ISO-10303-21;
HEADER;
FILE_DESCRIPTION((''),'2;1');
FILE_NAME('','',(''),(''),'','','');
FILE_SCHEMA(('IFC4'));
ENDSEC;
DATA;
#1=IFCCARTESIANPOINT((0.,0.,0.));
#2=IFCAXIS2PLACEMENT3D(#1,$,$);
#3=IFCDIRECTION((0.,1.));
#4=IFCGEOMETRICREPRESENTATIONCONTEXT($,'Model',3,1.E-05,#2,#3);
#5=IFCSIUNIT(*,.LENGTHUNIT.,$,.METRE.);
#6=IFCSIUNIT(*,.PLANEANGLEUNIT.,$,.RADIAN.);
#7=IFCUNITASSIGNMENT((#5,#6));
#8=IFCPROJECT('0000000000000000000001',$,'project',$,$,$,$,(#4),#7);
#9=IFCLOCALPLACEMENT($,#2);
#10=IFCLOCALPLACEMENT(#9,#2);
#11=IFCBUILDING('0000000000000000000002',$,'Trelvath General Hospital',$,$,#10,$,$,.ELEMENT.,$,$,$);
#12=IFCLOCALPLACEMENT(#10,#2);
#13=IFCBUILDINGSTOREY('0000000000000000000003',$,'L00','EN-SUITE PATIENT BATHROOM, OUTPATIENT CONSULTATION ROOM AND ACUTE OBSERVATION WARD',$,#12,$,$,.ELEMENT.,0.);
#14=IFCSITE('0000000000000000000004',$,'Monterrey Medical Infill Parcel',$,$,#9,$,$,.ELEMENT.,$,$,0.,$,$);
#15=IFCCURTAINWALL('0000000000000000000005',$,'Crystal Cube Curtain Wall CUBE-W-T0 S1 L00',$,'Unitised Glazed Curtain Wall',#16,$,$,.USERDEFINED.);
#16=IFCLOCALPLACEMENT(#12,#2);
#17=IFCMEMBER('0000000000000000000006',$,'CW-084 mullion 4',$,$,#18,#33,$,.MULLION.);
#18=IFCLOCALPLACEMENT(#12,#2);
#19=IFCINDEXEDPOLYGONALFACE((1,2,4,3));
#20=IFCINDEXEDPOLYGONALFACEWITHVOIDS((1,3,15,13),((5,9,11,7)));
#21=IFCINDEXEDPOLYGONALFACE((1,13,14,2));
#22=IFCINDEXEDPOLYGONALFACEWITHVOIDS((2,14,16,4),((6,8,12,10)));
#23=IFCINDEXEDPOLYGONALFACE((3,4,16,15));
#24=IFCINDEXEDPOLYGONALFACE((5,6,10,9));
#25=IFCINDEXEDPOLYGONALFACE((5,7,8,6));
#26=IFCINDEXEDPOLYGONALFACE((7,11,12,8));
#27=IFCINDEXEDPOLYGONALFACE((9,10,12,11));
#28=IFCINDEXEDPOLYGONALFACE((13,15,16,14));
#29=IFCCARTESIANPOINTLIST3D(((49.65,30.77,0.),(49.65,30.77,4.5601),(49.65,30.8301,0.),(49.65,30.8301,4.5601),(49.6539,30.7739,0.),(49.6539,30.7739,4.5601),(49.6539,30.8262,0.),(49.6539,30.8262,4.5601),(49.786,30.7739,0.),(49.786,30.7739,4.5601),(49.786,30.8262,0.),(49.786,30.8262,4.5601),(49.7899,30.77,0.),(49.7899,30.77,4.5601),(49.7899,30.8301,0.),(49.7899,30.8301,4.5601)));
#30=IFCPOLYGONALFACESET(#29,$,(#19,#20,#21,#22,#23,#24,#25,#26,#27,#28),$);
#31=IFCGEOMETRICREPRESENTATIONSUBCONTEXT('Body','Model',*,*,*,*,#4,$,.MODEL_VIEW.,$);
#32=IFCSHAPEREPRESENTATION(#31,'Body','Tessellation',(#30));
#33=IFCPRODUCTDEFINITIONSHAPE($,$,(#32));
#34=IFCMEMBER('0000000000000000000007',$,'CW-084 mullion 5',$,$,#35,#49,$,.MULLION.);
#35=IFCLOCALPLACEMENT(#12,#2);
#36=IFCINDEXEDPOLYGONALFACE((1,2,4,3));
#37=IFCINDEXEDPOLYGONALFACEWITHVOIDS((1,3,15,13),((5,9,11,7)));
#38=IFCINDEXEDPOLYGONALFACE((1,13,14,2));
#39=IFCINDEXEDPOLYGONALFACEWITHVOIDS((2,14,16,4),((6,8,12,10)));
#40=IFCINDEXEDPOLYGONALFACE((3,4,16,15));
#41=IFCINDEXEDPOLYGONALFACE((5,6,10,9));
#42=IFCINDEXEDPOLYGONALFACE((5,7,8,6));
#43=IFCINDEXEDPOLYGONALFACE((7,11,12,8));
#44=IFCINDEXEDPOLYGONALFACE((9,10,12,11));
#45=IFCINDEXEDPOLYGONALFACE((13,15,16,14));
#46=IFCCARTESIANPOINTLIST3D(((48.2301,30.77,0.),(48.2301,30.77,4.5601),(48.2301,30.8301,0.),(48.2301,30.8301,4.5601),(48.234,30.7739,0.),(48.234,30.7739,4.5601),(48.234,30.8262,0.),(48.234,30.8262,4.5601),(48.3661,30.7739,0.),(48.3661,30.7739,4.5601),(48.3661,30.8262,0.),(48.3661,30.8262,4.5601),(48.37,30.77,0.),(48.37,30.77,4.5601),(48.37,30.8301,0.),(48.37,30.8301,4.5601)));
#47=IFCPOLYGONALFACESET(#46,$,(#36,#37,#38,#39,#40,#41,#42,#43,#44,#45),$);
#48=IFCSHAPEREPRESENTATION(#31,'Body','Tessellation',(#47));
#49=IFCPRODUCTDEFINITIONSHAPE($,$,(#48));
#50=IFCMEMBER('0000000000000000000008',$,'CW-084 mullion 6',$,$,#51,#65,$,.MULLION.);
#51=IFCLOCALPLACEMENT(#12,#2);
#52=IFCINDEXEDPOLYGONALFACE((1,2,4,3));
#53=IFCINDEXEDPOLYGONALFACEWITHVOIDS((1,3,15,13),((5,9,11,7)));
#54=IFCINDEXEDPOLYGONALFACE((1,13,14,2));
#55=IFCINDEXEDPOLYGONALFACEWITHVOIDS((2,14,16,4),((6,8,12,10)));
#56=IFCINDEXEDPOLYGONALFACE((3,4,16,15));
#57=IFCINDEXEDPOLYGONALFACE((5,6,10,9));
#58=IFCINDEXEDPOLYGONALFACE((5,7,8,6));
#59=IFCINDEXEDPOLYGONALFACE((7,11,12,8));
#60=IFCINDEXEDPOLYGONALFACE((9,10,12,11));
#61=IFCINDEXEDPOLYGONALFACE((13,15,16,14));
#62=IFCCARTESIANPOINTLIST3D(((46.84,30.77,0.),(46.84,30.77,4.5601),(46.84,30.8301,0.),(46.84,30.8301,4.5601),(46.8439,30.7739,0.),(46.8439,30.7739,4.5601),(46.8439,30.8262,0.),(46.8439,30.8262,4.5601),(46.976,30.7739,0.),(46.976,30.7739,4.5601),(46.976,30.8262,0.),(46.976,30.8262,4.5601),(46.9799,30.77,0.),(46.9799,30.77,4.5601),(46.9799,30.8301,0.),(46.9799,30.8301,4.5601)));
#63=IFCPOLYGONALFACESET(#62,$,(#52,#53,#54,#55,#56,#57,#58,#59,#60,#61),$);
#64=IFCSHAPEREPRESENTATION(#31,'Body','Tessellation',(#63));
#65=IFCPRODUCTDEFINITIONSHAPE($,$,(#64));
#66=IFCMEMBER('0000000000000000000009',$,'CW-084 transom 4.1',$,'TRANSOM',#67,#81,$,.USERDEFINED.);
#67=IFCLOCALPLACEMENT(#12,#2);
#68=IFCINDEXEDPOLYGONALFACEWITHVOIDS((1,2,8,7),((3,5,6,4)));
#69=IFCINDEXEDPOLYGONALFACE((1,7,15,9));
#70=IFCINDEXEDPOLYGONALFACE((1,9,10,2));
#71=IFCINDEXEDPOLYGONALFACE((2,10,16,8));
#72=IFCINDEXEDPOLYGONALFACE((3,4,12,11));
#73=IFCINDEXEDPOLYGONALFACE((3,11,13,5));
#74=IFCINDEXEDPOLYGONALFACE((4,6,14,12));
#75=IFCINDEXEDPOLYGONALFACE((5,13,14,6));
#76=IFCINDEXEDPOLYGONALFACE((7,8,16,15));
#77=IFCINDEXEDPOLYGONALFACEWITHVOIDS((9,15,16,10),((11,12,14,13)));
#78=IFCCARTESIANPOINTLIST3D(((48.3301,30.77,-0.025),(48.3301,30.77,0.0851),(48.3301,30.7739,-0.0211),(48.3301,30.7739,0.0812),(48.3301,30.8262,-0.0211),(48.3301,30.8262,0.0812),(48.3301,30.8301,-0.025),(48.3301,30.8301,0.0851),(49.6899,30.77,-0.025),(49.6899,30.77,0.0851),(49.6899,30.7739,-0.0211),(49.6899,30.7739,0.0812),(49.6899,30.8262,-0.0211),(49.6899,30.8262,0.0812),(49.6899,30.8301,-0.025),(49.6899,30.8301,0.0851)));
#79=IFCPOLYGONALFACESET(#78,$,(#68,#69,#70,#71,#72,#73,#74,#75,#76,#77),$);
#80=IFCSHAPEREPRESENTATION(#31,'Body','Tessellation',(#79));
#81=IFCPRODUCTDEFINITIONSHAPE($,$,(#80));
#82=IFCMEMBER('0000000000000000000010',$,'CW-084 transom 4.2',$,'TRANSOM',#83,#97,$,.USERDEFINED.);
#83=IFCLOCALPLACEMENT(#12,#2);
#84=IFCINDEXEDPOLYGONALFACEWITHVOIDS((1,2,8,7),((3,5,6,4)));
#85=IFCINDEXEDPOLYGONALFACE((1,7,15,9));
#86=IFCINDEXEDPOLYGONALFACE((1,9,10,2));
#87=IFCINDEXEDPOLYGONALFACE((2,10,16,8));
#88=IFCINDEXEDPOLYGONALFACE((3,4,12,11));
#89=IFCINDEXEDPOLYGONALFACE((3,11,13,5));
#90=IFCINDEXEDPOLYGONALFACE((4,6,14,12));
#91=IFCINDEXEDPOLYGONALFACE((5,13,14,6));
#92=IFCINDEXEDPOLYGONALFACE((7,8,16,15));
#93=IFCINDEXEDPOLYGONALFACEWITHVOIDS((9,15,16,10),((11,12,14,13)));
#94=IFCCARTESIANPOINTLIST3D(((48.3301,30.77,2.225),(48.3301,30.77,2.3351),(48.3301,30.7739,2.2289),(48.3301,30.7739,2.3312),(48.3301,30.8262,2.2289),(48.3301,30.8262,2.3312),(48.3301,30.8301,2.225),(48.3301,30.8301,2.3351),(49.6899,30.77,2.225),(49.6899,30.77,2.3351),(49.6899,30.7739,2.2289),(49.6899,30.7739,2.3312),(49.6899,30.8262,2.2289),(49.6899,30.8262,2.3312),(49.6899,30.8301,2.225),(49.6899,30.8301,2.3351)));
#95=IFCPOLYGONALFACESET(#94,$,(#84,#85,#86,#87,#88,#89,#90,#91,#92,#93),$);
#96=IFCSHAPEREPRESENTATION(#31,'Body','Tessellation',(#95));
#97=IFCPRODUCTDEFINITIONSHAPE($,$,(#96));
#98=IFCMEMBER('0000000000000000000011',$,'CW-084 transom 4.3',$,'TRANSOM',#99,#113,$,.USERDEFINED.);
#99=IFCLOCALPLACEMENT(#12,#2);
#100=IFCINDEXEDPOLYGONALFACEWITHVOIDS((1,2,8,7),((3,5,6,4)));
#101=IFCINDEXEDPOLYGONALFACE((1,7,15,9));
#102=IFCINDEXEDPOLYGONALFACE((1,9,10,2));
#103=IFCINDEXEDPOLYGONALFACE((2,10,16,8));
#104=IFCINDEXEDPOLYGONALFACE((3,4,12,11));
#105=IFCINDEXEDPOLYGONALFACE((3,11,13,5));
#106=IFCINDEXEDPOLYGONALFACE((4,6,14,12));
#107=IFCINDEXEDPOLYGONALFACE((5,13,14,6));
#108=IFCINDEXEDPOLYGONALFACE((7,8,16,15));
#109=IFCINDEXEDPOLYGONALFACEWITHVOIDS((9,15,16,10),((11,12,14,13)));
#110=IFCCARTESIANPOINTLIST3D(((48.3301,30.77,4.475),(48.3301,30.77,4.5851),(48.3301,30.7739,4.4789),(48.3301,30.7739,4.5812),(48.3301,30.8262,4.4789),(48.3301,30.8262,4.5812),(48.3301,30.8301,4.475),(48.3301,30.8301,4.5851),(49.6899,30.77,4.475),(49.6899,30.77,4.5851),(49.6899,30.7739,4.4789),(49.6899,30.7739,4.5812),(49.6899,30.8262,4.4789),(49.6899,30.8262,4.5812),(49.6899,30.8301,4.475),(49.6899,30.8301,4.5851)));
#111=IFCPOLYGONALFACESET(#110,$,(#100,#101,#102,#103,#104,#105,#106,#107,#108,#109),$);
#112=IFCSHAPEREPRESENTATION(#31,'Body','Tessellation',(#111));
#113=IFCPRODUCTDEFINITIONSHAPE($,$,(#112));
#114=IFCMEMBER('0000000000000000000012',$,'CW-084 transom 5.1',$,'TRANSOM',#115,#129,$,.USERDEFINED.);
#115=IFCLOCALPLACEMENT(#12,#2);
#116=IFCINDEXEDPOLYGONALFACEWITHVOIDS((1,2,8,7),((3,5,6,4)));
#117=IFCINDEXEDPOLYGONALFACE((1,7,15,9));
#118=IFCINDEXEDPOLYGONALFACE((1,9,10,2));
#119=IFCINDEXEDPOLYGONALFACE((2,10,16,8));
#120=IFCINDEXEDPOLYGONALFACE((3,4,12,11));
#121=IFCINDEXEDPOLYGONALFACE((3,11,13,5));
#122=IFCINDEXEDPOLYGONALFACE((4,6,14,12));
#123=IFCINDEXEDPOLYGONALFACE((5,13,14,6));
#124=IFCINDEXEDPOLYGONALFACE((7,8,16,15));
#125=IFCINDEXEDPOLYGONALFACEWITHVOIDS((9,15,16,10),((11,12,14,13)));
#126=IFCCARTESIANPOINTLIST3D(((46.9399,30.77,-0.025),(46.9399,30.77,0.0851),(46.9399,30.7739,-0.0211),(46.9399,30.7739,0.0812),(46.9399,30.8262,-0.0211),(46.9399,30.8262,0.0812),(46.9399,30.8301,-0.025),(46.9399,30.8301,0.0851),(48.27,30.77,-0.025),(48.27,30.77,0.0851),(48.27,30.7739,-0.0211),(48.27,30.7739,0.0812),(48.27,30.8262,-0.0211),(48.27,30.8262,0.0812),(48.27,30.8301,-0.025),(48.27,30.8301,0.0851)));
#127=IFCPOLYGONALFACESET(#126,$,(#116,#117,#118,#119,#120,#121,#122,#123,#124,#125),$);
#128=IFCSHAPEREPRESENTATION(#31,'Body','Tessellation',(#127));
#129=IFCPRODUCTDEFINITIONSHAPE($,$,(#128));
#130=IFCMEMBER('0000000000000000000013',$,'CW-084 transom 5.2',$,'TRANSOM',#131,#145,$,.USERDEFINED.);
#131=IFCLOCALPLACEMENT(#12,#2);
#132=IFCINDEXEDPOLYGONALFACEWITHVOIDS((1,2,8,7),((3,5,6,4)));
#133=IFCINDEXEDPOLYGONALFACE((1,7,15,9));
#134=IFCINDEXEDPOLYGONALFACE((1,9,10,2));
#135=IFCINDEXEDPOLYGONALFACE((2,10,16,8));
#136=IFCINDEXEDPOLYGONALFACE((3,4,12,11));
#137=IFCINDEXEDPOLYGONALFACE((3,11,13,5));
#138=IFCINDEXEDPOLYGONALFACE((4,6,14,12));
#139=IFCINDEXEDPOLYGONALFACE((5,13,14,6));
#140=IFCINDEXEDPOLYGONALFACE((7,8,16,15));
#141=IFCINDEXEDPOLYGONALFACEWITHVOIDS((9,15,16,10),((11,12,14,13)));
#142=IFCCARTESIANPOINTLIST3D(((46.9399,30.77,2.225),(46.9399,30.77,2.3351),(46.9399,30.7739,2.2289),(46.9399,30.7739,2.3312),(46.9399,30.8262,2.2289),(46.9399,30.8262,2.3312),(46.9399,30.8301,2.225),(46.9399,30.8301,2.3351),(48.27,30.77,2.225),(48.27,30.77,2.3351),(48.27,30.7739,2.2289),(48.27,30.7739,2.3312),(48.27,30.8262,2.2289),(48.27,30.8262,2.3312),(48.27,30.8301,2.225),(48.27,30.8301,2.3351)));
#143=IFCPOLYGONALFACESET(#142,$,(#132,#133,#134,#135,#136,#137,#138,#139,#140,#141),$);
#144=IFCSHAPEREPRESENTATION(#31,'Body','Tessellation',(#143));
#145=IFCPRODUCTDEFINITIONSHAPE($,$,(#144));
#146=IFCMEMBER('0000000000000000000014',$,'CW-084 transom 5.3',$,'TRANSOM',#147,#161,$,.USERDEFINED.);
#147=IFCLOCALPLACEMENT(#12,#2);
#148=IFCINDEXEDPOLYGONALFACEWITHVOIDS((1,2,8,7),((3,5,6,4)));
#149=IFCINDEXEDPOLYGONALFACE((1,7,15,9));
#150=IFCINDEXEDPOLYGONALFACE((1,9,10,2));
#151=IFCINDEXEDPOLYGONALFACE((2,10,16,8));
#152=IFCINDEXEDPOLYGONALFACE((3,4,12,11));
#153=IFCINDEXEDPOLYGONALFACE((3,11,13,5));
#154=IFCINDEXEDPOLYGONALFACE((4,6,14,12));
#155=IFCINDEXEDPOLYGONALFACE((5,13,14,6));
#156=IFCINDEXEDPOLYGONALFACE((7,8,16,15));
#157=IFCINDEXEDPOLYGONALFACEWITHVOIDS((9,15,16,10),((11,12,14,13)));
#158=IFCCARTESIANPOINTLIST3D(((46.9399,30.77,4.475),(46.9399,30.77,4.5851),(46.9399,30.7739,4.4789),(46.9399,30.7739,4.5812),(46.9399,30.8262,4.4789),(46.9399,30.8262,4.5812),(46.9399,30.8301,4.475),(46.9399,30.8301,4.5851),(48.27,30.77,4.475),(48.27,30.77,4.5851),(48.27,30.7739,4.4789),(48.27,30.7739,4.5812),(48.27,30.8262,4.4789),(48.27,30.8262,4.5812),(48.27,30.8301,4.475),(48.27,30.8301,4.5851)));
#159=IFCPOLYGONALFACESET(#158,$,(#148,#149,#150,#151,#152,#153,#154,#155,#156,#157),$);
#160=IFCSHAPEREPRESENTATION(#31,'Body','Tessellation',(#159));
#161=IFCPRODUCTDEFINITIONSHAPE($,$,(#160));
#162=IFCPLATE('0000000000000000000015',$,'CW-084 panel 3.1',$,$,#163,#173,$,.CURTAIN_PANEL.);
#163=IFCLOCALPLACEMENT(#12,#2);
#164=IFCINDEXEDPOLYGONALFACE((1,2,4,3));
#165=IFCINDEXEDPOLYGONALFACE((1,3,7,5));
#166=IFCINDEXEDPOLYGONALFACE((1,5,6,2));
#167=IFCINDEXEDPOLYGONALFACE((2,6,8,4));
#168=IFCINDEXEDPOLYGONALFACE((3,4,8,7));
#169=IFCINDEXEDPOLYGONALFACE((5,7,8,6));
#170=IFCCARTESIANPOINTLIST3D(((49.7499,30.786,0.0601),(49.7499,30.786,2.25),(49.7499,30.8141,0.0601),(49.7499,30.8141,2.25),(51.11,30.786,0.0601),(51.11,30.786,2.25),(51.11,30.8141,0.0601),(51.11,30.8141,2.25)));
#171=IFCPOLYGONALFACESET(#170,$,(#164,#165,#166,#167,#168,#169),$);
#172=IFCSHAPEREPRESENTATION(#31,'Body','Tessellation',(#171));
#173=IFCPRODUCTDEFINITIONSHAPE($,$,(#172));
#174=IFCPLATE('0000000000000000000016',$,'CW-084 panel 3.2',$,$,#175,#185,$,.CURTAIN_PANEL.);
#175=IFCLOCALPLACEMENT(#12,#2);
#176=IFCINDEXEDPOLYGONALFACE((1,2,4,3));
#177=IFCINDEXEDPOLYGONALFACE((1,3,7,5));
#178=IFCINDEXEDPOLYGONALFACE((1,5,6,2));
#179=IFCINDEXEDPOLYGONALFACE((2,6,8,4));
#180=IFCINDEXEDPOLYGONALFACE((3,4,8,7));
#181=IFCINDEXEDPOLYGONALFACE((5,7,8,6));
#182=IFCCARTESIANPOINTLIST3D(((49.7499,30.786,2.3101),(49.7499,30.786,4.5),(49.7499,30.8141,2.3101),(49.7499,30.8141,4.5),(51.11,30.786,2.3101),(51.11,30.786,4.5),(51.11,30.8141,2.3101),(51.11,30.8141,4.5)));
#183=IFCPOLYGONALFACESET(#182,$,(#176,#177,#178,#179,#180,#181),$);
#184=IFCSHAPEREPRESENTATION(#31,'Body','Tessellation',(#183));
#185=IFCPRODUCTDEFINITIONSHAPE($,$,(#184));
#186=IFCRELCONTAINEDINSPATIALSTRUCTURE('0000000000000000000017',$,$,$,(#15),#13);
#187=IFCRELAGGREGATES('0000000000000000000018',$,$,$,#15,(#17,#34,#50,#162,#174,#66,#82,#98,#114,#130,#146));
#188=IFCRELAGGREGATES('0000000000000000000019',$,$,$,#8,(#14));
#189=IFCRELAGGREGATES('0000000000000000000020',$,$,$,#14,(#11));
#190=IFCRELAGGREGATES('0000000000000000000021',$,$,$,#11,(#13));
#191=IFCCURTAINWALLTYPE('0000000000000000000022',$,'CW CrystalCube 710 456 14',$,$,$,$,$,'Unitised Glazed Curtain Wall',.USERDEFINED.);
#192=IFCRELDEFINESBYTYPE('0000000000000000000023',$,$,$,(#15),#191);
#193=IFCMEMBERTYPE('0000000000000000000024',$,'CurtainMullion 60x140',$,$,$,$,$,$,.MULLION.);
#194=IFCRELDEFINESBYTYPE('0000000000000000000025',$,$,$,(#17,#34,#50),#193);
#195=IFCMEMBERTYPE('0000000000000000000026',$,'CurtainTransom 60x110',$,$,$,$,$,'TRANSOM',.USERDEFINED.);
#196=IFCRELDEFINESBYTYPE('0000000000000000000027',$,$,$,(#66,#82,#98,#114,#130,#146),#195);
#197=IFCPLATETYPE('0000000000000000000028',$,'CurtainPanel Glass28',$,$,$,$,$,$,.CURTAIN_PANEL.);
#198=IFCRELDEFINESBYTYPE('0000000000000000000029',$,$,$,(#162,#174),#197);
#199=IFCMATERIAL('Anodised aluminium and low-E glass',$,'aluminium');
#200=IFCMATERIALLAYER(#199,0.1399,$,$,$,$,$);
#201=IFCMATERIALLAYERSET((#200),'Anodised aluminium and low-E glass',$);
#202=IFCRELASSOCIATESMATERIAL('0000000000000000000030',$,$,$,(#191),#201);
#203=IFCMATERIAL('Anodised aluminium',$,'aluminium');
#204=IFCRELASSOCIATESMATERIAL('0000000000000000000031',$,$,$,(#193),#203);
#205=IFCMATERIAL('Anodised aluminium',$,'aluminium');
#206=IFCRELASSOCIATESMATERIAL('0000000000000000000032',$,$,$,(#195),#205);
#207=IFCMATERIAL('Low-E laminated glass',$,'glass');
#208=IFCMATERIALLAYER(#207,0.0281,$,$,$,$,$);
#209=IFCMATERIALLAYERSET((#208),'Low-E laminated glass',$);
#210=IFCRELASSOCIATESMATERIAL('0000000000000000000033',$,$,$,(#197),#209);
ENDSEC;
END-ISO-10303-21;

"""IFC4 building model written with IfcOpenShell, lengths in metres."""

from ifc_helpers import new_model, si_unit, direction, frame, origin, origin_2d, place, context, subcontext, project, spatial, rectangle, hollow_rectangle, extrude, material, layer, layer_set, material_profile, profile_set, type_object, element, aggregate, save


model = new_model("IFC4")

# Units and contexts
model_context = context("Model", 3, precision=1e-05, world=origin(), true_north=direction((0.0, 1.0)))
body_context = subcontext(model_context, "Body", "Model", "MODEL_VIEW")
ifc_project = project(units=[si_unit("LENGTHUNIT", "METRE"), si_unit("PLANEANGLEUNIT", "RADIAN")], contexts=[model_context])

# Site, building, storey
site_placement = place(None, origin())
site = spatial("IfcSite", under=ifc_project, at=site_placement, Name="Monterrey Medical Infill Parcel", CompositionType="ELEMENT", RefElevation=0.0)
building_placement = place(site_placement, origin())
building = spatial("IfcBuilding", under=site, at=building_placement, Name="Trelvath General Hospital", CompositionType="ELEMENT")
storey_placement = place(building_placement, origin())
storey = spatial("IfcBuildingStorey", under=building, at=storey_placement, Name="L00", Description="EN-SUITE PATIENT BATHROOM, OUTPATIENT CONSULTATION ROOM AND ACUTE OBSERVATION WARD", CompositionType="ELEMENT", Elevation=0.0)

# Curtain wall, members, plates
ifc_material_1 = material(Name="Anodised aluminium and low-E glass", Category="aluminium")
ifc_layer_1 = layer(ifc_material_1, 0.1399)
ifc_layer_set_1 = layer_set([ifc_layer_1], Name="Anodised aluminium and low-E glass")
curtain_wall_type = type_object("IfcCurtainWallType", Name="CW CrystalCube 710 456 14", ElementType="Unitised Glazed Curtain Wall", PredefinedType="USERDEFINED", material=ifc_layer_set_1)
curtain_wall_placement = place(storey_placement, origin())
curtain_wall = element("IfcCurtainWall", 1, at=curtain_wall_placement, inside=storey, type_object=curtain_wall_type, Name="Crystal Cube Curtain Wall CUBE-W-T0 S1 L00", ObjectType="Unitised Glazed Curtain Wall", PredefinedType="USERDEFINED")
ifc_material_2 = material(Name="Anodised aluminium", Category="aluminium")
ifc_material_profile_1 = material_profile(ifc_material_2, hollow_rectangle(XDim=0.0601, YDim=0.1399, WallThickness=0.0039, at=origin_2d()), Name="RHS60x140x4")
ifc_profile_set_1 = profile_set([ifc_material_profile_1], Name="Anodised aluminium")
member_type_1 = type_object("IfcMemberType", Name="CurtainMullion 60x140", PredefinedType="MULLION", material=ifc_profile_set_1)
member_1_placement = place(storey_placement, frame((49.72, 30.8, 0.0), z_axis=(0.0, 0.0, 1.0), x_axis=(0.0, -1.0, 0.0)))
member_1 = element("IfcMember", 2, at=member_1_placement, type_object=member_type_1, Name="CW-084 mullion 4", PredefinedType="MULLION", context=body_context, shape_type="SweptSolid", body=[
    extrude(hollow_rectangle(XDim=0.0601, YDim=0.1399, WallThickness=0.0039, at=origin_2d()), origin(), (0.0, 0.0, 1.0), 4.5601),
])
member_2_placement = place(storey_placement, frame((48.3, 30.8, 0.0), z_axis=(0.0, 0.0, 1.0), x_axis=(0.0, -1.0, 0.0)))
member_2 = element("IfcMember", 3, at=member_2_placement, type_object=member_type_1, Name="CW-084 mullion 5", PredefinedType="MULLION", context=body_context, shape_type="SweptSolid", body=[
    extrude(hollow_rectangle(XDim=0.0601, YDim=0.1399, WallThickness=0.0039, at=origin_2d()), origin(), (0.0, 0.0, 1.0), 4.5601),
])
member_3_placement = place(storey_placement, frame((46.9099, 30.8, 0.0), z_axis=(0.0, 0.0, 1.0), x_axis=(0.0, -1.0, 0.0)))
member_3 = element("IfcMember", 4, at=member_3_placement, type_object=member_type_1, Name="CW-084 mullion 6", PredefinedType="MULLION", context=body_context, shape_type="SweptSolid", body=[
    extrude(hollow_rectangle(XDim=0.0601, YDim=0.1399, WallThickness=0.0039, at=origin_2d()), origin(), (0.0, 0.0, 1.0), 4.5601),
])
ifc_material_3 = material(Name="Anodised aluminium", Category="aluminium")
ifc_material_profile_2 = material_profile(ifc_material_3, hollow_rectangle(XDim=0.0601, YDim=0.1101, WallThickness=0.0039, at=origin_2d()), Name="RHS60x110x4")
ifc_profile_set_2 = profile_set([ifc_material_profile_2], Name="Anodised aluminium")
member_type_2 = type_object("IfcMemberType", Name="CurtainTransom 60x110", ElementType="TRANSOM", PredefinedType="USERDEFINED", material=ifc_profile_set_2)
member_4_placement = place(storey_placement, frame((49.6899, 30.8, 0.03), z_axis=(-1.0, 0.0, 0.0), x_axis=(0.0, -1.0, 0.0)))
member_4 = element("IfcMember", 5, at=member_4_placement, type_object=member_type_2, Name="CW-084 transom 4.1", ObjectType="TRANSOM", PredefinedType="USERDEFINED", context=body_context, shape_type="SweptSolid", body=[
    extrude(hollow_rectangle(XDim=0.0601, YDim=0.1101, WallThickness=0.0039, at=origin_2d()), origin(), (0.0, 0.0, 1.0), 1.3599),
])
member_5_placement = place(storey_placement, frame((49.6899, 30.8, 2.28), z_axis=(-1.0, 0.0, 0.0), x_axis=(0.0, -1.0, 0.0)))
member_5 = element("IfcMember", 6, at=member_5_placement, type_object=member_type_2, Name="CW-084 transom 4.2", ObjectType="TRANSOM", PredefinedType="USERDEFINED", context=body_context, shape_type="SweptSolid", body=[
    extrude(hollow_rectangle(XDim=0.0601, YDim=0.1101, WallThickness=0.0039, at=origin_2d()), origin(), (0.0, 0.0, 1.0), 1.3599),
])
member_6_placement = place(storey_placement, frame((49.6899, 30.8, 4.53), z_axis=(-1.0, 0.0, 0.0), x_axis=(0.0, -1.0, 0.0)))
member_6 = element("IfcMember", 7, at=member_6_placement, type_object=member_type_2, Name="CW-084 transom 4.3", ObjectType="TRANSOM", PredefinedType="USERDEFINED", context=body_context, shape_type="SweptSolid", body=[
    extrude(hollow_rectangle(XDim=0.0601, YDim=0.1101, WallThickness=0.0039, at=origin_2d()), origin(), (0.0, 0.0, 1.0), 1.3599),
])
member_7_placement = place(storey_placement, frame((48.27, 30.8, 0.03), z_axis=(-1.0, 0.0, 0.0), x_axis=(0.0, -1.0, 0.0)))
member_7 = element("IfcMember", 8, at=member_7_placement, type_object=member_type_2, Name="CW-084 transom 5.1", ObjectType="TRANSOM", PredefinedType="USERDEFINED", context=body_context, shape_type="SweptSolid", body=[
    extrude(hollow_rectangle(XDim=0.0601, YDim=0.1101, WallThickness=0.0039, at=origin_2d()), origin(), (0.0, 0.0, 1.0), 1.3301),
])
member_8_placement = place(storey_placement, frame((48.27, 30.8, 2.28), z_axis=(-1.0, 0.0, 0.0), x_axis=(0.0, -1.0, 0.0)))
member_8 = element("IfcMember", 9, at=member_8_placement, type_object=member_type_2, Name="CW-084 transom 5.2", ObjectType="TRANSOM", PredefinedType="USERDEFINED", context=body_context, shape_type="SweptSolid", body=[
    extrude(hollow_rectangle(XDim=0.0601, YDim=0.1101, WallThickness=0.0039, at=origin_2d()), origin(), (0.0, 0.0, 1.0), 1.3301),
])
member_9_placement = place(storey_placement, frame((48.27, 30.8, 4.53), z_axis=(-1.0, 0.0, 0.0), x_axis=(0.0, -1.0, 0.0)))
member_9 = element("IfcMember", 10, at=member_9_placement, type_object=member_type_2, Name="CW-084 transom 5.3", ObjectType="TRANSOM", PredefinedType="USERDEFINED", context=body_context, shape_type="SweptSolid", body=[
    extrude(hollow_rectangle(XDim=0.0601, YDim=0.1101, WallThickness=0.0039, at=origin_2d()), origin(), (0.0, 0.0, 1.0), 1.3301),
])
ifc_material_4 = material(Name="Low-E laminated glass", Category="glass")
ifc_layer_2 = layer(ifc_material_4, 0.0281)
ifc_layer_set_2 = layer_set([ifc_layer_2], Name="Low-E laminated glass")
plate_type = type_object("IfcPlateType", Name="CurtainPanel Glass28", PredefinedType="CURTAIN_PANEL", material=ifc_layer_set_2)
plate_1_placement = place(storey_placement, frame((50.4299, 30.8, 0.0601), z_axis=(0.0, 0.0, 1.0), x_axis=(-1.0, 0.0, 0.0)))
plate_1 = element("IfcPlate", 11, at=plate_1_placement, type_object=plate_type, Name="CW-084 panel 3.1", PredefinedType="CURTAIN_PANEL", context=body_context, shape_type="SweptSolid", body=[
    extrude(rectangle(XDim=1.3601, YDim=0.0281, at=origin_2d()), origin(), (0.0, 0.0, 1.0), 2.1899),
])
plate_2_placement = place(storey_placement, frame((50.4299, 30.8, 2.3101), z_axis=(0.0, 0.0, 1.0), x_axis=(-1.0, 0.0, 0.0)))
plate_2 = element("IfcPlate", 12, at=plate_2_placement, type_object=plate_type, Name="CW-084 panel 3.2", PredefinedType="CURTAIN_PANEL", context=body_context, shape_type="SweptSolid", body=[
    extrude(rectangle(XDim=1.3601, YDim=0.0281, at=origin_2d()), origin(), (0.0, 0.0, 1.0), 2.1899),
])
aggregate(curtain_wall, [member_1, member_2, member_3, plate_1, plate_2, member_4, member_5, member_6, member_7, member_8, member_9])

save(model, "model.ifc")
